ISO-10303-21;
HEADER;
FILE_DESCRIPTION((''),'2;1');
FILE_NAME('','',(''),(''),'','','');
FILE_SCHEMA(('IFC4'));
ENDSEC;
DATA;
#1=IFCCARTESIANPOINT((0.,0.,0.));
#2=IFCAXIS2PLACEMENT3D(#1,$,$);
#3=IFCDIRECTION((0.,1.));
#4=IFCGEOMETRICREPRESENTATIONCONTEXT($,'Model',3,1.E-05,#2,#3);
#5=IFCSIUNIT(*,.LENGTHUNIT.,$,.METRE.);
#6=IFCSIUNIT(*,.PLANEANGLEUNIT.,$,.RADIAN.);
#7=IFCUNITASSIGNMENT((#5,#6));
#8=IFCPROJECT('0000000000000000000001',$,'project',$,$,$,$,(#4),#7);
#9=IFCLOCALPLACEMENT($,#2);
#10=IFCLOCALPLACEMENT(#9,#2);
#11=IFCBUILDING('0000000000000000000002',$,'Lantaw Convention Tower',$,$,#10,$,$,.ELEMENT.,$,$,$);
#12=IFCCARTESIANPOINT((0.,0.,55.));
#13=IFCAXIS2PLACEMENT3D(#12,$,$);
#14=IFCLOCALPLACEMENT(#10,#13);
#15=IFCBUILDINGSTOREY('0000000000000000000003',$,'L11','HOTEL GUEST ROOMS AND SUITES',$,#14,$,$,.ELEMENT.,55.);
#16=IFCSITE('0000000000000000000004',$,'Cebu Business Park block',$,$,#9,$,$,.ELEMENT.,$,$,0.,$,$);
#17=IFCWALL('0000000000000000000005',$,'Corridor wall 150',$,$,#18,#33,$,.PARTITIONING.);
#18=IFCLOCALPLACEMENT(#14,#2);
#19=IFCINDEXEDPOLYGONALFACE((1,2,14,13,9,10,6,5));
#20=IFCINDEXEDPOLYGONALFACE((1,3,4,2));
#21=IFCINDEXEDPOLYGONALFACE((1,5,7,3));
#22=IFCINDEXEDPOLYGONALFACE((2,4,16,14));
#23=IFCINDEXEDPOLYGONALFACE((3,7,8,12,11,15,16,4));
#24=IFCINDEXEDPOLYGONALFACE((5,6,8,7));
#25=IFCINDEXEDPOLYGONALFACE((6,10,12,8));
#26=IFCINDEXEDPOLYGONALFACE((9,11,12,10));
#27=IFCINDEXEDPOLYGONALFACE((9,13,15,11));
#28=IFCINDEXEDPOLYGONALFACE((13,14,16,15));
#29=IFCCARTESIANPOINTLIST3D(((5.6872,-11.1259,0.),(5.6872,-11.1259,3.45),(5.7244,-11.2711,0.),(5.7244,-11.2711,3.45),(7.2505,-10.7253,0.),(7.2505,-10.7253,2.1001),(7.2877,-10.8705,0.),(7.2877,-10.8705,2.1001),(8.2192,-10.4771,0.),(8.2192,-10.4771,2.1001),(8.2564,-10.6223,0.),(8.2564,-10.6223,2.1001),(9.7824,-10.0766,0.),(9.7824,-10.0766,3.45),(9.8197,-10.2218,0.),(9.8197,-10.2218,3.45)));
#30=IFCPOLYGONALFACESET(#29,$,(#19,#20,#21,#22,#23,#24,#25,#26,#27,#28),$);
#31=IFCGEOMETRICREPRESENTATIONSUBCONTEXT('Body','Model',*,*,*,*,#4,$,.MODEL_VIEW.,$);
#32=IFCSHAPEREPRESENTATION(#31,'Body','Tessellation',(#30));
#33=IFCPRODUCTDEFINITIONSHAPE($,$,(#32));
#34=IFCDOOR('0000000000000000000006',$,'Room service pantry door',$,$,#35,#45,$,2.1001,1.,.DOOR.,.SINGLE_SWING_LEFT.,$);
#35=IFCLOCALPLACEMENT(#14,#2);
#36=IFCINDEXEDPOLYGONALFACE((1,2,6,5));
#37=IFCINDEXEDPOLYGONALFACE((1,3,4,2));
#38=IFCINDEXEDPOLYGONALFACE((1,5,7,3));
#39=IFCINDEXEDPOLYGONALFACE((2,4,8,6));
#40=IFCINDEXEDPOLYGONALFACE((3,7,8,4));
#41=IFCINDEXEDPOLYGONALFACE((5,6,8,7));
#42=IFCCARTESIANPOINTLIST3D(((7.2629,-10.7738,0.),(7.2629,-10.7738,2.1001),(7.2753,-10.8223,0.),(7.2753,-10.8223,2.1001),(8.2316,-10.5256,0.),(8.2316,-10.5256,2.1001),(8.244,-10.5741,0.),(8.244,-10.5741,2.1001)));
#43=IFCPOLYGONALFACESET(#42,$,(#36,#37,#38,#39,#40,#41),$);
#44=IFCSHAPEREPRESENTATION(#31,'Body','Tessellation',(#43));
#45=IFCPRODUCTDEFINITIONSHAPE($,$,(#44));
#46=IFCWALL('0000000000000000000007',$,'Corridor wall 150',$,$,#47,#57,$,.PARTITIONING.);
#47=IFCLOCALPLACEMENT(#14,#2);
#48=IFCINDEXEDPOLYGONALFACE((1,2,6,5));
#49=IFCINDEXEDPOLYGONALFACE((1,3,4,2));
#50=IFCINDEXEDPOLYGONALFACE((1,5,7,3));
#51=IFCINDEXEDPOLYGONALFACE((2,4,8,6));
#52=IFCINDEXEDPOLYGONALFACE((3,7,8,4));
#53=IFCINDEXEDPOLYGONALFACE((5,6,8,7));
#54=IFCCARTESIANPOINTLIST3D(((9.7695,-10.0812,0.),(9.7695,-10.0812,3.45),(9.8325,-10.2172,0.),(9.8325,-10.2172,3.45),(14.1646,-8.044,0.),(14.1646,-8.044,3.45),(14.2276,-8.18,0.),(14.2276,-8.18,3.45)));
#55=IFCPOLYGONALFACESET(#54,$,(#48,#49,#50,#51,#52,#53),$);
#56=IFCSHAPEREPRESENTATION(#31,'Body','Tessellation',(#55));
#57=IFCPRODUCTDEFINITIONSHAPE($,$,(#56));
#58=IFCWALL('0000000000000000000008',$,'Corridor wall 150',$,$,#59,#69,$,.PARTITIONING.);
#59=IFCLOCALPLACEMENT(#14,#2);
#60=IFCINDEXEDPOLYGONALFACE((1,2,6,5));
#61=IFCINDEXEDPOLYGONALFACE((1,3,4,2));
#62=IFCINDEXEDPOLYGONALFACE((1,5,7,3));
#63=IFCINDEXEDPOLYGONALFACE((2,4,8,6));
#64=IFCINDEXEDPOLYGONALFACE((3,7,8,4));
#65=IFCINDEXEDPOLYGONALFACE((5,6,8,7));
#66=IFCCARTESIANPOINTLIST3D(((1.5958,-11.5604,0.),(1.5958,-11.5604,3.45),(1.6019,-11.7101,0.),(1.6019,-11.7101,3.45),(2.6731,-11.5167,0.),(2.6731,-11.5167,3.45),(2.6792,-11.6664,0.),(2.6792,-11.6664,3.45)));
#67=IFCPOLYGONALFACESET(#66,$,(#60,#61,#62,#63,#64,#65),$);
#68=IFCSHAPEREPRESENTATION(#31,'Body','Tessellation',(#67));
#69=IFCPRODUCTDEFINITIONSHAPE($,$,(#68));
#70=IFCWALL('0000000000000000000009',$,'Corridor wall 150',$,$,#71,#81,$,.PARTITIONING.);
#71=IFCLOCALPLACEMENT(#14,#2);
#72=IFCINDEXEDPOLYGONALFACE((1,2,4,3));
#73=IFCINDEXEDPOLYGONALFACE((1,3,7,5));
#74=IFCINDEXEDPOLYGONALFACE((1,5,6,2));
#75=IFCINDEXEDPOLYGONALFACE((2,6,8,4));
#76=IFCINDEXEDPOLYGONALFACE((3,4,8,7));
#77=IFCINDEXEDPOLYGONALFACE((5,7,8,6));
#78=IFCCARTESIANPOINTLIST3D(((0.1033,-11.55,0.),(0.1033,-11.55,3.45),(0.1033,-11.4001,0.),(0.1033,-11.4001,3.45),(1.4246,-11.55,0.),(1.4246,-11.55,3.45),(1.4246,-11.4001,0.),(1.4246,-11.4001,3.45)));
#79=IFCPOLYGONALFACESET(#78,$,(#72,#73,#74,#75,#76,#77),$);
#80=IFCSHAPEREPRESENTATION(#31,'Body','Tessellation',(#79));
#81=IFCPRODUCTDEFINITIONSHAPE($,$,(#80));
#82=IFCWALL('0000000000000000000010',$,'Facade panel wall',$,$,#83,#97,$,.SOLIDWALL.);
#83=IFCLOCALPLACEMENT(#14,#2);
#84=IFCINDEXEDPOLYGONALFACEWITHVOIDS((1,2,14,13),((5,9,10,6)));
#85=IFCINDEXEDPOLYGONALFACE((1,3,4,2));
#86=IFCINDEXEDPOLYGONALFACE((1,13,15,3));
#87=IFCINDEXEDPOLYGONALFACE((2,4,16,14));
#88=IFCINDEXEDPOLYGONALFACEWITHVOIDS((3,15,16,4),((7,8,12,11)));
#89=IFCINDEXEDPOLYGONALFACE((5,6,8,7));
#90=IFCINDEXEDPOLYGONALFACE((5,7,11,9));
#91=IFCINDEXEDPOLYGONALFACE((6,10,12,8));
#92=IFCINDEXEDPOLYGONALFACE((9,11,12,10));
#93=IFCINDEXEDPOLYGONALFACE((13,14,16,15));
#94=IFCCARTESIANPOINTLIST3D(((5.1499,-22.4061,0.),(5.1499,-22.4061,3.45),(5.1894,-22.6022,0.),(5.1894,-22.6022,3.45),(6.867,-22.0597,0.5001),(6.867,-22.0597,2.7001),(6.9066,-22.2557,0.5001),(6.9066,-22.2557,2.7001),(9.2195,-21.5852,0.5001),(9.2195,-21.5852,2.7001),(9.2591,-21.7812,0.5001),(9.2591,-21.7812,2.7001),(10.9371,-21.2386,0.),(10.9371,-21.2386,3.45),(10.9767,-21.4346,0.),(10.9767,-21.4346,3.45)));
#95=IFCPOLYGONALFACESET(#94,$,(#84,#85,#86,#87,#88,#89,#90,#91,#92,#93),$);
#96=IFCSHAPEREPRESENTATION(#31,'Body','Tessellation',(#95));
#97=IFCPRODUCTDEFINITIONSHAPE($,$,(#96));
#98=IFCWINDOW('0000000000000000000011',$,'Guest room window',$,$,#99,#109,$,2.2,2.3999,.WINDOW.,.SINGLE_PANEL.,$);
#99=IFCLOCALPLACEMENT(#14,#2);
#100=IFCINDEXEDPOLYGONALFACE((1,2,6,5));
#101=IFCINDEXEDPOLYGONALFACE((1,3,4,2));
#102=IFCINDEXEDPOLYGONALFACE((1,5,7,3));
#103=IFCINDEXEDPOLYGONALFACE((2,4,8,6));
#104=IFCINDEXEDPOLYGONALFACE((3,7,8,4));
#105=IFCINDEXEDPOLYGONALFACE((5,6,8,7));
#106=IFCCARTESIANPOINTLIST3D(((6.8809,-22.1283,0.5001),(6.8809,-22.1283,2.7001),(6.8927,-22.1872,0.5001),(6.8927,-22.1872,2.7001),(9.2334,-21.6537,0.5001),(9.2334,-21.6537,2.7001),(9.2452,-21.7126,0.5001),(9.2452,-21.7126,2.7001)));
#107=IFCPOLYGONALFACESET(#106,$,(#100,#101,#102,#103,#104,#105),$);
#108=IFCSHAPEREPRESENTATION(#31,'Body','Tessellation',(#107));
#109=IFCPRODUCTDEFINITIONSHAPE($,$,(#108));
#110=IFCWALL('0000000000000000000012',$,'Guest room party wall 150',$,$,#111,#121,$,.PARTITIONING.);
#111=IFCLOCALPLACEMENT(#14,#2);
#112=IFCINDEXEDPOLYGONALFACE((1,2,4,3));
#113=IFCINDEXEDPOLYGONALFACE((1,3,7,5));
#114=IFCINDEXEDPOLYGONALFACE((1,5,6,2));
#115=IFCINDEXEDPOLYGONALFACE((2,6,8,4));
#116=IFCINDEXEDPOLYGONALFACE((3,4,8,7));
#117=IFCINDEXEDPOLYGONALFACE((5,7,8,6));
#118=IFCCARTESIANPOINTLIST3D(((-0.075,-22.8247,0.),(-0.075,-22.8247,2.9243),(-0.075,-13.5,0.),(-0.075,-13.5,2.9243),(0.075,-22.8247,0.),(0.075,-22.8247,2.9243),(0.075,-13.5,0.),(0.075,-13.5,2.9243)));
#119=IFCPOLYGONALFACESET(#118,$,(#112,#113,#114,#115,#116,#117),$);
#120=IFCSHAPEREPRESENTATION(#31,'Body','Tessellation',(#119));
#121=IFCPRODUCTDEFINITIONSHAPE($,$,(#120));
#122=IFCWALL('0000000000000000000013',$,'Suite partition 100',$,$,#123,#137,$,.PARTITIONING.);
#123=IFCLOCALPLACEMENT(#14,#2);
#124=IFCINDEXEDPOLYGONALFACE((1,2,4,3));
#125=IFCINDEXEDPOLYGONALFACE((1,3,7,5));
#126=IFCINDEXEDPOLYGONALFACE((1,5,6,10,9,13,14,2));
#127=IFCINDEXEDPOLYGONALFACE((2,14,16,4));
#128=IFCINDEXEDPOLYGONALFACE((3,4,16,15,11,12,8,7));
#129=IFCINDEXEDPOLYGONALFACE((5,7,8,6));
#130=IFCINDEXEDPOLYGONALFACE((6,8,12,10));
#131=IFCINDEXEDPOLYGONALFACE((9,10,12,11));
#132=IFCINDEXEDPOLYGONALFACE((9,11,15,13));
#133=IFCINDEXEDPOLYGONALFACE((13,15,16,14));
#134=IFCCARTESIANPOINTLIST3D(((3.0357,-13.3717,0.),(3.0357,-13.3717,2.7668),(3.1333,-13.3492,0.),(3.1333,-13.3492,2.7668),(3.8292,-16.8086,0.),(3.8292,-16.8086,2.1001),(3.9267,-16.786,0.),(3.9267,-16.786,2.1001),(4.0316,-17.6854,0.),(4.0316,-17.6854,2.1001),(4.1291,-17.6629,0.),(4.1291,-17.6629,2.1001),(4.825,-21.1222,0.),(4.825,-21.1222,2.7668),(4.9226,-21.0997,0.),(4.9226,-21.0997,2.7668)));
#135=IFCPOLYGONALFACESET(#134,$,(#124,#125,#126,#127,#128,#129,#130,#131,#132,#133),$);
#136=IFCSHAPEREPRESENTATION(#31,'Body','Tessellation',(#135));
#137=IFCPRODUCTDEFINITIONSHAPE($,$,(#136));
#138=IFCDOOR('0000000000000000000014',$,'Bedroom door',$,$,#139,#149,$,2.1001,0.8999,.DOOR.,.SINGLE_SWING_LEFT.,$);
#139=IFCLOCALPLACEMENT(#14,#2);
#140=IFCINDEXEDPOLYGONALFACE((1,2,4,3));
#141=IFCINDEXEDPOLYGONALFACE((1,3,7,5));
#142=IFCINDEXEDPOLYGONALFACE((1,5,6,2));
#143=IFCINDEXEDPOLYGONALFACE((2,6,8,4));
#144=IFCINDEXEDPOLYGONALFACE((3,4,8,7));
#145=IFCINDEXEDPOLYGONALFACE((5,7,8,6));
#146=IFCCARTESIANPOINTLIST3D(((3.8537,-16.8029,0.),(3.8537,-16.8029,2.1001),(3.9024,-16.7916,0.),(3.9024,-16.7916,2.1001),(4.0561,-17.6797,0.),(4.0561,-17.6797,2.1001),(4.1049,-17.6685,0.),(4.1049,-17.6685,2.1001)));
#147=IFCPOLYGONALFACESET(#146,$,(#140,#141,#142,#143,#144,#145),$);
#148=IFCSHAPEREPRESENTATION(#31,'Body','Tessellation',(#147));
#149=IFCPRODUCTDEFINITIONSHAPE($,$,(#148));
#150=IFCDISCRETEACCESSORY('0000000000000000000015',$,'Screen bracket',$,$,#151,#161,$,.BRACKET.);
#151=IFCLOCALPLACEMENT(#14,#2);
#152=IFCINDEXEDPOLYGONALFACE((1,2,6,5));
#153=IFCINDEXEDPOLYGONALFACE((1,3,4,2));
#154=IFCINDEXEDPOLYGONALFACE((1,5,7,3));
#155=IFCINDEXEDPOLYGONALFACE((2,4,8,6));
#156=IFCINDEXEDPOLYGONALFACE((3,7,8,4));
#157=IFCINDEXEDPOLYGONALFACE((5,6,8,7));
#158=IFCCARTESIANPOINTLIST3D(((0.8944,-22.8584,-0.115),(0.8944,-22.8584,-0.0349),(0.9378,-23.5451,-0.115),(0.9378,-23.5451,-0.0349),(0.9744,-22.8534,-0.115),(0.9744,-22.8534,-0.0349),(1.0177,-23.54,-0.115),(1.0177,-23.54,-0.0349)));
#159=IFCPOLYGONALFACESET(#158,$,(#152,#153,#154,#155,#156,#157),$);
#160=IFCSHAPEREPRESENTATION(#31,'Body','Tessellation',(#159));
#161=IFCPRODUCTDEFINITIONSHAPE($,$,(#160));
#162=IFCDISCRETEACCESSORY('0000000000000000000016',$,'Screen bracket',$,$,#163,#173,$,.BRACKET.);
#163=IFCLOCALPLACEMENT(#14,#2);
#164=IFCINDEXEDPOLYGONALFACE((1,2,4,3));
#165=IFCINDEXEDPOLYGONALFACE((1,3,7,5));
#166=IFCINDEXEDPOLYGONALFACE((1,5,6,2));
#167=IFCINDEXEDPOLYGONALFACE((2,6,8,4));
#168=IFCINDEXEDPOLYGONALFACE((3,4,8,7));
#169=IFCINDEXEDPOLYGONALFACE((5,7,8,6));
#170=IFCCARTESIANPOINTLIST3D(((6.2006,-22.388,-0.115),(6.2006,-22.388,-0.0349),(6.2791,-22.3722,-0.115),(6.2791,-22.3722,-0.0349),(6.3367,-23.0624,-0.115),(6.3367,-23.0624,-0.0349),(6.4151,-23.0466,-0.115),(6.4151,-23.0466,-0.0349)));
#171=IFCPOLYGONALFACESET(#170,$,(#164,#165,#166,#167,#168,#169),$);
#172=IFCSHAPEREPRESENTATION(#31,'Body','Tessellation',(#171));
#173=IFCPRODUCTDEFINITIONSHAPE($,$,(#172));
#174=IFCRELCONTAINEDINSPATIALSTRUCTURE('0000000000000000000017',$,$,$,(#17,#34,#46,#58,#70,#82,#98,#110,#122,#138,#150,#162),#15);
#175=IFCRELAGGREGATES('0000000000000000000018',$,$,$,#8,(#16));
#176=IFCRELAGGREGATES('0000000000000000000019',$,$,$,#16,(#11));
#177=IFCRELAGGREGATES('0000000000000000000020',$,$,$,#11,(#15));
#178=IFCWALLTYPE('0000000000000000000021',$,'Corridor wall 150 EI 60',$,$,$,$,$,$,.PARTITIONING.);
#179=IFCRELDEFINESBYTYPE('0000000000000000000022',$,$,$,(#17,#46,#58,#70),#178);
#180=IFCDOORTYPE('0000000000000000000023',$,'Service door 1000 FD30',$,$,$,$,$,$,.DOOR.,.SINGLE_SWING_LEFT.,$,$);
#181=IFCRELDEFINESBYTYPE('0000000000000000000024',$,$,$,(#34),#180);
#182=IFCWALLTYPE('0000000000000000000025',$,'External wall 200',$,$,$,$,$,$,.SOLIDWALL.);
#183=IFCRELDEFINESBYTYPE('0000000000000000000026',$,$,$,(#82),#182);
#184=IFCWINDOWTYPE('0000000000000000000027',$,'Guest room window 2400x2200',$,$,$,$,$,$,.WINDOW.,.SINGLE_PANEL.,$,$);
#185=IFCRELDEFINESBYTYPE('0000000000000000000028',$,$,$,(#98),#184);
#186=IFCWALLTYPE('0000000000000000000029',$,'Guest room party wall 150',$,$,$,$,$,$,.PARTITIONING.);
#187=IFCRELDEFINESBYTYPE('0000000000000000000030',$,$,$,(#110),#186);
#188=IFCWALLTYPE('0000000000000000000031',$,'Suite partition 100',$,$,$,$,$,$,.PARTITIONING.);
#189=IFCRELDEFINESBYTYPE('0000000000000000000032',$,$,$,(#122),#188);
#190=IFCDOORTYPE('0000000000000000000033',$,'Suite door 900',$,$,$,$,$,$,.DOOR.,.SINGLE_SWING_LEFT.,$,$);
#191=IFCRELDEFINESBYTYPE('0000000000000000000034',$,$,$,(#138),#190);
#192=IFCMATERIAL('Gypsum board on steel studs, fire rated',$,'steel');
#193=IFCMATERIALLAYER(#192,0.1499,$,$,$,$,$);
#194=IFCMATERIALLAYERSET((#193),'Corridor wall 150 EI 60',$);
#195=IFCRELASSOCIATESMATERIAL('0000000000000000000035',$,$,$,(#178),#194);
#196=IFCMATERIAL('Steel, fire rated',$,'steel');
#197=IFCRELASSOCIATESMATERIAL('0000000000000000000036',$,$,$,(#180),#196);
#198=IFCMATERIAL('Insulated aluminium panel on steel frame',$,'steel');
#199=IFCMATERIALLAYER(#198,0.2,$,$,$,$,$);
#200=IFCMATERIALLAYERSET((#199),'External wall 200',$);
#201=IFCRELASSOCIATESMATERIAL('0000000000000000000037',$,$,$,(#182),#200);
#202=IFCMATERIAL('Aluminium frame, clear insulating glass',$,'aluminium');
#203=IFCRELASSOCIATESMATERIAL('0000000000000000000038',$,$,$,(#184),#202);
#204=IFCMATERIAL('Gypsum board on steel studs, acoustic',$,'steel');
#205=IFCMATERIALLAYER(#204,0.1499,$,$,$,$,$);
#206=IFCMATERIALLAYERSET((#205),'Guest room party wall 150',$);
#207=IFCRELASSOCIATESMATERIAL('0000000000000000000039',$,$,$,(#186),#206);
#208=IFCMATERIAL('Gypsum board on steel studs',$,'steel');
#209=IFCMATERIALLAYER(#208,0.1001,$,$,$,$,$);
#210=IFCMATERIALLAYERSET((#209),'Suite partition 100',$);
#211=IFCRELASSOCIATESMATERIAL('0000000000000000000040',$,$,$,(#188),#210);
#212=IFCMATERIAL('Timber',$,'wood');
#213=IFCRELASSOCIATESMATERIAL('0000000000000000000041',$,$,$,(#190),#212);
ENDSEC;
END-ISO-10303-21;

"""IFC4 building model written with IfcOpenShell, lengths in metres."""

from ifc_helpers import new_model, si_unit, direction, frame, frame_2d, origin, origin_2d, place, context, subcontext, project, spatial, rectangle, extrude, material, layer, layer_set, type_object, element, fill, save


model = new_model("IFC4")

# Units and contexts
model_context = context("Model", 3, precision=1e-05, world=origin(), true_north=direction((0.0, 1.0)))
body_context = subcontext(model_context, "Body", "Model", "MODEL_VIEW")
ifc_project = project(units=[si_unit("LENGTHUNIT", "METRE"), si_unit("PLANEANGLEUNIT", "RADIAN")], contexts=[model_context])

# Site, building, storey
site_placement = place(None, origin())
site = spatial("IfcSite", under=ifc_project, at=site_placement, Name="Cebu Business Park block", CompositionType="ELEMENT", RefElevation=0.0)
building_placement = place(site_placement, origin())
building = spatial("IfcBuilding", under=site, at=building_placement, Name="Lantaw Convention Tower", CompositionType="ELEMENT")
storey_placement = place(building_placement, frame((0.0, 0.0, 55.0)))
storey = spatial("IfcBuildingStorey", under=building, at=storey_placement, Name="L11", Description="HOTEL GUEST ROOMS AND SUITES", CompositionType="ELEMENT", Elevation=55.0)

# Shared definitions
ifc_material_1 = material(Name="Gypsum board on steel studs", Category="steel")

# Shared definitions
ifc_material_2 = material(Name="Timber", Category="wood")

# Shared definitions
ifc_material_3 = material(Name="Gypsum board on steel studs, fire rated", Category="steel")
ifc_layer_1 = layer(ifc_material_3, 0.1499)
ifc_layer_set_1 = layer_set([ifc_layer_1], Name="Corridor wall 150 EI 60")
wall_type_1 = type_object("IfcWallType", Name="Corridor wall 150 EI 60", PredefinedType="PARTITIONING", material=ifc_layer_set_1)

# Shared definitions
ifc_material_4 = material(Name="Steel, fire rated", Category="steel")

# Wall, opening, door
wall_1_placement = place(storey_placement, frame((5.7058, -11.1985, 0.0), z_axis=(0.0, 0.0, 1.0), x_axis=(0.968706, 0.248211, 0.0)))
wall_1 = element("IfcWall", 1, at=wall_1_placement, inside=storey, type_object=wall_type_1, Name="Corridor wall 150", PredefinedType="PARTITIONING", context=body_context, shape_type="SweptSolid", body=[
    extrude(rectangle(XDim=4.2275, YDim=0.1499, at=frame_2d((2.1138, 0.0))), origin(), (0.0, 0.0, 1.0), 3.45),
])
opening_1_placement = place(wall_1_placement, frame((1.6138, 0.0, 0.0)))
opening_1 = element("IfcOpeningElement", 2, at=opening_1_placement, cuts=wall_1, PredefinedType="OPENING", context=body_context, shape_type="SweptSolid", body=[
    extrude(rectangle(XDim=1.0, YDim=2.1001, at=frame_2d((0.5, 1.05))), frame((0.0, 0.085, 0.0), z_axis=(0.0, -1.0, 0.0), x_axis=(1.0, 0.0, 0.0)), (0.0, 0.0, 1.0), 0.1699),
])
door_type_1 = type_object("IfcDoorType", Name="Service door 1000 FD30", OperationType="SINGLE_SWING_LEFT", PredefinedType="DOOR", material=ifc_material_4)
door_1_placement = place(opening_1_placement, origin())
door_1 = element("IfcDoor", 3, at=door_1_placement, inside=storey, type_object=door_type_1, Name="Room service pantry door", OperationType="SINGLE_SWING_LEFT", OverallHeight=2.1001, OverallWidth=1.0, PredefinedType="DOOR", context=body_context, shape_type="SweptSolid", body=[
    extrude(rectangle(XDim=1.0, YDim=2.1001, at=frame_2d((0.5, 1.05))), frame((0.0, 0.0249, 0.0), z_axis=(0.0, -1.0, 0.0), x_axis=(1.0, 0.0, 0.0)), (0.0, 0.0, 1.0), 0.05),
])
fill(opening_1, door_1)

# Walls
wall_2_placement = place(storey_placement, frame((9.801, -10.1492, 0.0), z_axis=(0.0, 0.0, 1.0), x_axis=(0.90728, 0.420528, 0.0)))
element("IfcWall", 4, at=wall_2_placement, inside=storey, type_object=wall_type_1, Name="Corridor wall 150", PredefinedType="PARTITIONING", context=body_context, shape_type="SweptSolid", body=[
    extrude(rectangle(XDim=4.8442, YDim=0.1499, at=frame_2d((2.4221, 0.0))), origin(), (0.0, 0.0, 1.0), 3.45),
])
wall_3_placement = place(storey_placement, frame((1.5989, -11.6353, 0.0), z_axis=(0.0, 0.0, 1.0), x_axis=(0.999178, 0.040538, 0.0)))
element("IfcWall", 5, at=wall_3_placement, inside=storey, type_object=wall_type_1, Name="Corridor wall 150", PredefinedType="PARTITIONING", context=body_context, shape_type="SweptSolid", body=[
    extrude(rectangle(XDim=1.0781, YDim=0.1499, at=frame_2d((0.5391, 0.0))), origin(), (0.0, 0.0, 1.0), 3.45),
])
wall_4_placement = place(storey_placement, frame((0.1033, -11.4751, 0.0), z_axis=(0.0, 0.0, 1.0), x_axis=(1.0, 0.0, 0.0)))
element("IfcWall", 6, at=wall_4_placement, inside=storey, type_object=wall_type_1, Name="Corridor wall 150", PredefinedType="PARTITIONING", context=body_context, shape_type="SweptSolid", body=[
    extrude(rectangle(XDim=1.3213, YDim=0.1499, at=frame_2d((0.6606, 0.0))), origin(), (0.0, 0.0, 1.0), 3.45),
])

# Wall, opening, window
ifc_material_5 = material(Name="Insulated aluminium panel on steel frame", Category="steel")
ifc_layer_2 = layer(ifc_material_5, 0.2)
ifc_layer_set_2 = layer_set([ifc_layer_2], Name="External wall 200")
wall_type_2 = type_object("IfcWallType", Name="External wall 200", PredefinedType="SOLIDWALL", material=ifc_layer_set_2)
wall_5_placement = place(storey_placement, frame((5.1697, -22.5042, 0.0), z_axis=(0.0, 0.0, 1.0), x_axis=(0.980252, 0.197754, 0.0)))
wall_5 = element("IfcWall", 7, at=wall_5_placement, inside=storey, type_object=wall_type_2, Name="Facade panel wall", PredefinedType="SOLIDWALL", context=body_context, shape_type="SweptSolid", body=[
    extrude(rectangle(XDim=5.9038, YDim=0.2, at=frame_2d((2.9519, 0.0))), origin(), (0.0, 0.0, 1.0), 3.45),
])
opening_2_placement = place(wall_5_placement, frame((1.7517, 0.0, 0.5)))
opening_2 = element("IfcOpeningElement", 8, at=opening_2_placement, cuts=wall_5, PredefinedType="OPENING", context=body_context, shape_type="SweptSolid", body=[
    extrude(rectangle(XDim=2.3999, YDim=2.2, at=frame_2d((1.2, 1.1001))), frame((0.0, 0.1099, 0.0), z_axis=(0.0, -1.0, 0.0), x_axis=(1.0, 0.0, 0.0)), (0.0, 0.0, 1.0), 0.22),
])
ifc_material_6 = material(Name="Aluminium frame, clear insulating glass", Category="aluminium")
window_type = type_object("IfcWindowType", Name="Guest room window 2400x2200", PartitioningType="SINGLE_PANEL", PredefinedType="WINDOW", material=ifc_material_6)
window_placement = place(opening_2_placement, origin())
window = element("IfcWindow", 9, at=window_placement, inside=storey, type_object=window_type, Name="Guest room window", OverallHeight=2.2, OverallWidth=2.3999, PartitioningType="SINGLE_PANEL", PredefinedType="WINDOW", context=body_context, shape_type="SweptSolid", body=[
    extrude(rectangle(XDim=2.3999, YDim=2.2, at=frame_2d((1.2, 1.1001))), frame((0.0, 0.03, 0.0), z_axis=(0.0, -1.0, 0.0), x_axis=(1.0, 0.0, 0.0)), (0.0, 0.0, 1.0), 0.0601),
])
fill(opening_2, window)

# Wall
ifc_material_7 = material(Name="Gypsum board on steel studs, acoustic", Category="steel")
ifc_layer_3 = layer(ifc_material_7, 0.1499)
ifc_layer_set_3 = layer_set([ifc_layer_3], Name="Guest room party wall 150")
wall_type_3 = type_object("IfcWallType", Name="Guest room party wall 150", PredefinedType="PARTITIONING", material=ifc_layer_set_3)
wall_6_placement = place(storey_placement, frame((0.0, -22.8247, 0.0), z_axis=(0.0, 0.0, 1.0), x_axis=(0.0, 1.0, 0.0)))
element("IfcWall", 10, at=wall_6_placement, inside=storey, type_object=wall_type_3, Name="Guest room party wall 150", PredefinedType="PARTITIONING", context=body_context, shape_type="SweptSolid", body=[
    extrude(rectangle(XDim=9.3247, YDim=0.1499, at=frame_2d((4.6624, 0.0))), origin(), (0.0, 0.0, 1.0), 2.9243),
])

# Wall, opening, door
ifc_layer_4 = layer(ifc_material_1, 0.1001)
ifc_layer_set_4 = layer_set([ifc_layer_4], Name="Suite partition 100")
wall_type_4 = type_object("IfcWallType", Name="Suite partition 100", PredefinedType="PARTITIONING", material=ifc_layer_set_4)
wall_7_placement = place(storey_placement, frame((4.8738, -21.1108, 0.0), z_axis=(0.0, 0.0, 1.0), x_axis=(-0.224947, 0.974371, 0.0)))
wall_7 = element("IfcWall", 11, at=wall_7_placement, inside=storey, type_object=wall_type_4, Name="Suite partition 100", PredefinedType="PARTITIONING", context=body_context, shape_type="SweptSolid", body=[
    extrude(rectangle(XDim=7.9543, YDim=0.1001, at=frame_2d((3.9771, 0.0))), origin(), (0.0, 0.0, 1.0), 2.7668),
])
opening_3_placement = place(wall_7_placement, frame((3.5271, 0.0, 0.0)))
opening_3 = element("IfcOpeningElement", 12, at=opening_3_placement, cuts=wall_7, PredefinedType="OPENING", context=body_context, shape_type="SweptSolid", body=[
    extrude(rectangle(XDim=0.8999, YDim=2.1001, at=frame_2d((0.45, 1.05))), frame((0.0, 0.0601, 0.0), z_axis=(0.0, -1.0, 0.0), x_axis=(1.0, 0.0, 0.0)), (0.0, 0.0, 1.0), 0.1201),
])
door_type_2 = type_object("IfcDoorType", Name="Suite door 900", OperationType="SINGLE_SWING_LEFT", PredefinedType="DOOR", material=ifc_material_2)
door_2_placement = place(opening_3_placement, origin())
door_2 = element("IfcDoor", 13, at=door_2_placement, inside=storey, type_object=door_type_2, Name="Bedroom door", OperationType="SINGLE_SWING_LEFT", OverallHeight=2.1001, OverallWidth=0.8999, PredefinedType="DOOR", context=body_context, shape_type="SweptSolid", body=[
    extrude(rectangle(XDim=0.8999, YDim=2.1001, at=frame_2d((0.45, 1.05))), frame((0.0, 0.0249, 0.0), z_axis=(0.0, -1.0, 0.0), x_axis=(1.0, 0.0, 0.0)), (0.0, 0.0, 1.0), 0.05),
])
fill(opening_3, door_2)

# Discrete accessories
for number, where, z_axis, x_axis, name in (
    (14, (0.9561, -23.1992, -0.115), (0.0, 0.0, 1.0), (0.998016, 0.062958, 0.0), "Screen bracket"),
    (15, (6.3079, -22.7173, -0.115), (0.0, 0.0, 1.0), (0.980245, 0.197789, 0.0), "Screen bracket"),
):
    element("IfcDiscreteAccessory", number, at=place(storey_placement, frame(where, z_axis=z_axis, x_axis=x_axis)), inside=storey, Name=name, PredefinedType="BRACKET", context=body_context, shape_type="SweptSolid", body=[
        extrude(rectangle(XDim=0.0801, YDim=0.688, at=origin_2d()), origin(), (0.0, 0.0, 1.0), 0.0801),
    ])

save(model, "model.ifc")
